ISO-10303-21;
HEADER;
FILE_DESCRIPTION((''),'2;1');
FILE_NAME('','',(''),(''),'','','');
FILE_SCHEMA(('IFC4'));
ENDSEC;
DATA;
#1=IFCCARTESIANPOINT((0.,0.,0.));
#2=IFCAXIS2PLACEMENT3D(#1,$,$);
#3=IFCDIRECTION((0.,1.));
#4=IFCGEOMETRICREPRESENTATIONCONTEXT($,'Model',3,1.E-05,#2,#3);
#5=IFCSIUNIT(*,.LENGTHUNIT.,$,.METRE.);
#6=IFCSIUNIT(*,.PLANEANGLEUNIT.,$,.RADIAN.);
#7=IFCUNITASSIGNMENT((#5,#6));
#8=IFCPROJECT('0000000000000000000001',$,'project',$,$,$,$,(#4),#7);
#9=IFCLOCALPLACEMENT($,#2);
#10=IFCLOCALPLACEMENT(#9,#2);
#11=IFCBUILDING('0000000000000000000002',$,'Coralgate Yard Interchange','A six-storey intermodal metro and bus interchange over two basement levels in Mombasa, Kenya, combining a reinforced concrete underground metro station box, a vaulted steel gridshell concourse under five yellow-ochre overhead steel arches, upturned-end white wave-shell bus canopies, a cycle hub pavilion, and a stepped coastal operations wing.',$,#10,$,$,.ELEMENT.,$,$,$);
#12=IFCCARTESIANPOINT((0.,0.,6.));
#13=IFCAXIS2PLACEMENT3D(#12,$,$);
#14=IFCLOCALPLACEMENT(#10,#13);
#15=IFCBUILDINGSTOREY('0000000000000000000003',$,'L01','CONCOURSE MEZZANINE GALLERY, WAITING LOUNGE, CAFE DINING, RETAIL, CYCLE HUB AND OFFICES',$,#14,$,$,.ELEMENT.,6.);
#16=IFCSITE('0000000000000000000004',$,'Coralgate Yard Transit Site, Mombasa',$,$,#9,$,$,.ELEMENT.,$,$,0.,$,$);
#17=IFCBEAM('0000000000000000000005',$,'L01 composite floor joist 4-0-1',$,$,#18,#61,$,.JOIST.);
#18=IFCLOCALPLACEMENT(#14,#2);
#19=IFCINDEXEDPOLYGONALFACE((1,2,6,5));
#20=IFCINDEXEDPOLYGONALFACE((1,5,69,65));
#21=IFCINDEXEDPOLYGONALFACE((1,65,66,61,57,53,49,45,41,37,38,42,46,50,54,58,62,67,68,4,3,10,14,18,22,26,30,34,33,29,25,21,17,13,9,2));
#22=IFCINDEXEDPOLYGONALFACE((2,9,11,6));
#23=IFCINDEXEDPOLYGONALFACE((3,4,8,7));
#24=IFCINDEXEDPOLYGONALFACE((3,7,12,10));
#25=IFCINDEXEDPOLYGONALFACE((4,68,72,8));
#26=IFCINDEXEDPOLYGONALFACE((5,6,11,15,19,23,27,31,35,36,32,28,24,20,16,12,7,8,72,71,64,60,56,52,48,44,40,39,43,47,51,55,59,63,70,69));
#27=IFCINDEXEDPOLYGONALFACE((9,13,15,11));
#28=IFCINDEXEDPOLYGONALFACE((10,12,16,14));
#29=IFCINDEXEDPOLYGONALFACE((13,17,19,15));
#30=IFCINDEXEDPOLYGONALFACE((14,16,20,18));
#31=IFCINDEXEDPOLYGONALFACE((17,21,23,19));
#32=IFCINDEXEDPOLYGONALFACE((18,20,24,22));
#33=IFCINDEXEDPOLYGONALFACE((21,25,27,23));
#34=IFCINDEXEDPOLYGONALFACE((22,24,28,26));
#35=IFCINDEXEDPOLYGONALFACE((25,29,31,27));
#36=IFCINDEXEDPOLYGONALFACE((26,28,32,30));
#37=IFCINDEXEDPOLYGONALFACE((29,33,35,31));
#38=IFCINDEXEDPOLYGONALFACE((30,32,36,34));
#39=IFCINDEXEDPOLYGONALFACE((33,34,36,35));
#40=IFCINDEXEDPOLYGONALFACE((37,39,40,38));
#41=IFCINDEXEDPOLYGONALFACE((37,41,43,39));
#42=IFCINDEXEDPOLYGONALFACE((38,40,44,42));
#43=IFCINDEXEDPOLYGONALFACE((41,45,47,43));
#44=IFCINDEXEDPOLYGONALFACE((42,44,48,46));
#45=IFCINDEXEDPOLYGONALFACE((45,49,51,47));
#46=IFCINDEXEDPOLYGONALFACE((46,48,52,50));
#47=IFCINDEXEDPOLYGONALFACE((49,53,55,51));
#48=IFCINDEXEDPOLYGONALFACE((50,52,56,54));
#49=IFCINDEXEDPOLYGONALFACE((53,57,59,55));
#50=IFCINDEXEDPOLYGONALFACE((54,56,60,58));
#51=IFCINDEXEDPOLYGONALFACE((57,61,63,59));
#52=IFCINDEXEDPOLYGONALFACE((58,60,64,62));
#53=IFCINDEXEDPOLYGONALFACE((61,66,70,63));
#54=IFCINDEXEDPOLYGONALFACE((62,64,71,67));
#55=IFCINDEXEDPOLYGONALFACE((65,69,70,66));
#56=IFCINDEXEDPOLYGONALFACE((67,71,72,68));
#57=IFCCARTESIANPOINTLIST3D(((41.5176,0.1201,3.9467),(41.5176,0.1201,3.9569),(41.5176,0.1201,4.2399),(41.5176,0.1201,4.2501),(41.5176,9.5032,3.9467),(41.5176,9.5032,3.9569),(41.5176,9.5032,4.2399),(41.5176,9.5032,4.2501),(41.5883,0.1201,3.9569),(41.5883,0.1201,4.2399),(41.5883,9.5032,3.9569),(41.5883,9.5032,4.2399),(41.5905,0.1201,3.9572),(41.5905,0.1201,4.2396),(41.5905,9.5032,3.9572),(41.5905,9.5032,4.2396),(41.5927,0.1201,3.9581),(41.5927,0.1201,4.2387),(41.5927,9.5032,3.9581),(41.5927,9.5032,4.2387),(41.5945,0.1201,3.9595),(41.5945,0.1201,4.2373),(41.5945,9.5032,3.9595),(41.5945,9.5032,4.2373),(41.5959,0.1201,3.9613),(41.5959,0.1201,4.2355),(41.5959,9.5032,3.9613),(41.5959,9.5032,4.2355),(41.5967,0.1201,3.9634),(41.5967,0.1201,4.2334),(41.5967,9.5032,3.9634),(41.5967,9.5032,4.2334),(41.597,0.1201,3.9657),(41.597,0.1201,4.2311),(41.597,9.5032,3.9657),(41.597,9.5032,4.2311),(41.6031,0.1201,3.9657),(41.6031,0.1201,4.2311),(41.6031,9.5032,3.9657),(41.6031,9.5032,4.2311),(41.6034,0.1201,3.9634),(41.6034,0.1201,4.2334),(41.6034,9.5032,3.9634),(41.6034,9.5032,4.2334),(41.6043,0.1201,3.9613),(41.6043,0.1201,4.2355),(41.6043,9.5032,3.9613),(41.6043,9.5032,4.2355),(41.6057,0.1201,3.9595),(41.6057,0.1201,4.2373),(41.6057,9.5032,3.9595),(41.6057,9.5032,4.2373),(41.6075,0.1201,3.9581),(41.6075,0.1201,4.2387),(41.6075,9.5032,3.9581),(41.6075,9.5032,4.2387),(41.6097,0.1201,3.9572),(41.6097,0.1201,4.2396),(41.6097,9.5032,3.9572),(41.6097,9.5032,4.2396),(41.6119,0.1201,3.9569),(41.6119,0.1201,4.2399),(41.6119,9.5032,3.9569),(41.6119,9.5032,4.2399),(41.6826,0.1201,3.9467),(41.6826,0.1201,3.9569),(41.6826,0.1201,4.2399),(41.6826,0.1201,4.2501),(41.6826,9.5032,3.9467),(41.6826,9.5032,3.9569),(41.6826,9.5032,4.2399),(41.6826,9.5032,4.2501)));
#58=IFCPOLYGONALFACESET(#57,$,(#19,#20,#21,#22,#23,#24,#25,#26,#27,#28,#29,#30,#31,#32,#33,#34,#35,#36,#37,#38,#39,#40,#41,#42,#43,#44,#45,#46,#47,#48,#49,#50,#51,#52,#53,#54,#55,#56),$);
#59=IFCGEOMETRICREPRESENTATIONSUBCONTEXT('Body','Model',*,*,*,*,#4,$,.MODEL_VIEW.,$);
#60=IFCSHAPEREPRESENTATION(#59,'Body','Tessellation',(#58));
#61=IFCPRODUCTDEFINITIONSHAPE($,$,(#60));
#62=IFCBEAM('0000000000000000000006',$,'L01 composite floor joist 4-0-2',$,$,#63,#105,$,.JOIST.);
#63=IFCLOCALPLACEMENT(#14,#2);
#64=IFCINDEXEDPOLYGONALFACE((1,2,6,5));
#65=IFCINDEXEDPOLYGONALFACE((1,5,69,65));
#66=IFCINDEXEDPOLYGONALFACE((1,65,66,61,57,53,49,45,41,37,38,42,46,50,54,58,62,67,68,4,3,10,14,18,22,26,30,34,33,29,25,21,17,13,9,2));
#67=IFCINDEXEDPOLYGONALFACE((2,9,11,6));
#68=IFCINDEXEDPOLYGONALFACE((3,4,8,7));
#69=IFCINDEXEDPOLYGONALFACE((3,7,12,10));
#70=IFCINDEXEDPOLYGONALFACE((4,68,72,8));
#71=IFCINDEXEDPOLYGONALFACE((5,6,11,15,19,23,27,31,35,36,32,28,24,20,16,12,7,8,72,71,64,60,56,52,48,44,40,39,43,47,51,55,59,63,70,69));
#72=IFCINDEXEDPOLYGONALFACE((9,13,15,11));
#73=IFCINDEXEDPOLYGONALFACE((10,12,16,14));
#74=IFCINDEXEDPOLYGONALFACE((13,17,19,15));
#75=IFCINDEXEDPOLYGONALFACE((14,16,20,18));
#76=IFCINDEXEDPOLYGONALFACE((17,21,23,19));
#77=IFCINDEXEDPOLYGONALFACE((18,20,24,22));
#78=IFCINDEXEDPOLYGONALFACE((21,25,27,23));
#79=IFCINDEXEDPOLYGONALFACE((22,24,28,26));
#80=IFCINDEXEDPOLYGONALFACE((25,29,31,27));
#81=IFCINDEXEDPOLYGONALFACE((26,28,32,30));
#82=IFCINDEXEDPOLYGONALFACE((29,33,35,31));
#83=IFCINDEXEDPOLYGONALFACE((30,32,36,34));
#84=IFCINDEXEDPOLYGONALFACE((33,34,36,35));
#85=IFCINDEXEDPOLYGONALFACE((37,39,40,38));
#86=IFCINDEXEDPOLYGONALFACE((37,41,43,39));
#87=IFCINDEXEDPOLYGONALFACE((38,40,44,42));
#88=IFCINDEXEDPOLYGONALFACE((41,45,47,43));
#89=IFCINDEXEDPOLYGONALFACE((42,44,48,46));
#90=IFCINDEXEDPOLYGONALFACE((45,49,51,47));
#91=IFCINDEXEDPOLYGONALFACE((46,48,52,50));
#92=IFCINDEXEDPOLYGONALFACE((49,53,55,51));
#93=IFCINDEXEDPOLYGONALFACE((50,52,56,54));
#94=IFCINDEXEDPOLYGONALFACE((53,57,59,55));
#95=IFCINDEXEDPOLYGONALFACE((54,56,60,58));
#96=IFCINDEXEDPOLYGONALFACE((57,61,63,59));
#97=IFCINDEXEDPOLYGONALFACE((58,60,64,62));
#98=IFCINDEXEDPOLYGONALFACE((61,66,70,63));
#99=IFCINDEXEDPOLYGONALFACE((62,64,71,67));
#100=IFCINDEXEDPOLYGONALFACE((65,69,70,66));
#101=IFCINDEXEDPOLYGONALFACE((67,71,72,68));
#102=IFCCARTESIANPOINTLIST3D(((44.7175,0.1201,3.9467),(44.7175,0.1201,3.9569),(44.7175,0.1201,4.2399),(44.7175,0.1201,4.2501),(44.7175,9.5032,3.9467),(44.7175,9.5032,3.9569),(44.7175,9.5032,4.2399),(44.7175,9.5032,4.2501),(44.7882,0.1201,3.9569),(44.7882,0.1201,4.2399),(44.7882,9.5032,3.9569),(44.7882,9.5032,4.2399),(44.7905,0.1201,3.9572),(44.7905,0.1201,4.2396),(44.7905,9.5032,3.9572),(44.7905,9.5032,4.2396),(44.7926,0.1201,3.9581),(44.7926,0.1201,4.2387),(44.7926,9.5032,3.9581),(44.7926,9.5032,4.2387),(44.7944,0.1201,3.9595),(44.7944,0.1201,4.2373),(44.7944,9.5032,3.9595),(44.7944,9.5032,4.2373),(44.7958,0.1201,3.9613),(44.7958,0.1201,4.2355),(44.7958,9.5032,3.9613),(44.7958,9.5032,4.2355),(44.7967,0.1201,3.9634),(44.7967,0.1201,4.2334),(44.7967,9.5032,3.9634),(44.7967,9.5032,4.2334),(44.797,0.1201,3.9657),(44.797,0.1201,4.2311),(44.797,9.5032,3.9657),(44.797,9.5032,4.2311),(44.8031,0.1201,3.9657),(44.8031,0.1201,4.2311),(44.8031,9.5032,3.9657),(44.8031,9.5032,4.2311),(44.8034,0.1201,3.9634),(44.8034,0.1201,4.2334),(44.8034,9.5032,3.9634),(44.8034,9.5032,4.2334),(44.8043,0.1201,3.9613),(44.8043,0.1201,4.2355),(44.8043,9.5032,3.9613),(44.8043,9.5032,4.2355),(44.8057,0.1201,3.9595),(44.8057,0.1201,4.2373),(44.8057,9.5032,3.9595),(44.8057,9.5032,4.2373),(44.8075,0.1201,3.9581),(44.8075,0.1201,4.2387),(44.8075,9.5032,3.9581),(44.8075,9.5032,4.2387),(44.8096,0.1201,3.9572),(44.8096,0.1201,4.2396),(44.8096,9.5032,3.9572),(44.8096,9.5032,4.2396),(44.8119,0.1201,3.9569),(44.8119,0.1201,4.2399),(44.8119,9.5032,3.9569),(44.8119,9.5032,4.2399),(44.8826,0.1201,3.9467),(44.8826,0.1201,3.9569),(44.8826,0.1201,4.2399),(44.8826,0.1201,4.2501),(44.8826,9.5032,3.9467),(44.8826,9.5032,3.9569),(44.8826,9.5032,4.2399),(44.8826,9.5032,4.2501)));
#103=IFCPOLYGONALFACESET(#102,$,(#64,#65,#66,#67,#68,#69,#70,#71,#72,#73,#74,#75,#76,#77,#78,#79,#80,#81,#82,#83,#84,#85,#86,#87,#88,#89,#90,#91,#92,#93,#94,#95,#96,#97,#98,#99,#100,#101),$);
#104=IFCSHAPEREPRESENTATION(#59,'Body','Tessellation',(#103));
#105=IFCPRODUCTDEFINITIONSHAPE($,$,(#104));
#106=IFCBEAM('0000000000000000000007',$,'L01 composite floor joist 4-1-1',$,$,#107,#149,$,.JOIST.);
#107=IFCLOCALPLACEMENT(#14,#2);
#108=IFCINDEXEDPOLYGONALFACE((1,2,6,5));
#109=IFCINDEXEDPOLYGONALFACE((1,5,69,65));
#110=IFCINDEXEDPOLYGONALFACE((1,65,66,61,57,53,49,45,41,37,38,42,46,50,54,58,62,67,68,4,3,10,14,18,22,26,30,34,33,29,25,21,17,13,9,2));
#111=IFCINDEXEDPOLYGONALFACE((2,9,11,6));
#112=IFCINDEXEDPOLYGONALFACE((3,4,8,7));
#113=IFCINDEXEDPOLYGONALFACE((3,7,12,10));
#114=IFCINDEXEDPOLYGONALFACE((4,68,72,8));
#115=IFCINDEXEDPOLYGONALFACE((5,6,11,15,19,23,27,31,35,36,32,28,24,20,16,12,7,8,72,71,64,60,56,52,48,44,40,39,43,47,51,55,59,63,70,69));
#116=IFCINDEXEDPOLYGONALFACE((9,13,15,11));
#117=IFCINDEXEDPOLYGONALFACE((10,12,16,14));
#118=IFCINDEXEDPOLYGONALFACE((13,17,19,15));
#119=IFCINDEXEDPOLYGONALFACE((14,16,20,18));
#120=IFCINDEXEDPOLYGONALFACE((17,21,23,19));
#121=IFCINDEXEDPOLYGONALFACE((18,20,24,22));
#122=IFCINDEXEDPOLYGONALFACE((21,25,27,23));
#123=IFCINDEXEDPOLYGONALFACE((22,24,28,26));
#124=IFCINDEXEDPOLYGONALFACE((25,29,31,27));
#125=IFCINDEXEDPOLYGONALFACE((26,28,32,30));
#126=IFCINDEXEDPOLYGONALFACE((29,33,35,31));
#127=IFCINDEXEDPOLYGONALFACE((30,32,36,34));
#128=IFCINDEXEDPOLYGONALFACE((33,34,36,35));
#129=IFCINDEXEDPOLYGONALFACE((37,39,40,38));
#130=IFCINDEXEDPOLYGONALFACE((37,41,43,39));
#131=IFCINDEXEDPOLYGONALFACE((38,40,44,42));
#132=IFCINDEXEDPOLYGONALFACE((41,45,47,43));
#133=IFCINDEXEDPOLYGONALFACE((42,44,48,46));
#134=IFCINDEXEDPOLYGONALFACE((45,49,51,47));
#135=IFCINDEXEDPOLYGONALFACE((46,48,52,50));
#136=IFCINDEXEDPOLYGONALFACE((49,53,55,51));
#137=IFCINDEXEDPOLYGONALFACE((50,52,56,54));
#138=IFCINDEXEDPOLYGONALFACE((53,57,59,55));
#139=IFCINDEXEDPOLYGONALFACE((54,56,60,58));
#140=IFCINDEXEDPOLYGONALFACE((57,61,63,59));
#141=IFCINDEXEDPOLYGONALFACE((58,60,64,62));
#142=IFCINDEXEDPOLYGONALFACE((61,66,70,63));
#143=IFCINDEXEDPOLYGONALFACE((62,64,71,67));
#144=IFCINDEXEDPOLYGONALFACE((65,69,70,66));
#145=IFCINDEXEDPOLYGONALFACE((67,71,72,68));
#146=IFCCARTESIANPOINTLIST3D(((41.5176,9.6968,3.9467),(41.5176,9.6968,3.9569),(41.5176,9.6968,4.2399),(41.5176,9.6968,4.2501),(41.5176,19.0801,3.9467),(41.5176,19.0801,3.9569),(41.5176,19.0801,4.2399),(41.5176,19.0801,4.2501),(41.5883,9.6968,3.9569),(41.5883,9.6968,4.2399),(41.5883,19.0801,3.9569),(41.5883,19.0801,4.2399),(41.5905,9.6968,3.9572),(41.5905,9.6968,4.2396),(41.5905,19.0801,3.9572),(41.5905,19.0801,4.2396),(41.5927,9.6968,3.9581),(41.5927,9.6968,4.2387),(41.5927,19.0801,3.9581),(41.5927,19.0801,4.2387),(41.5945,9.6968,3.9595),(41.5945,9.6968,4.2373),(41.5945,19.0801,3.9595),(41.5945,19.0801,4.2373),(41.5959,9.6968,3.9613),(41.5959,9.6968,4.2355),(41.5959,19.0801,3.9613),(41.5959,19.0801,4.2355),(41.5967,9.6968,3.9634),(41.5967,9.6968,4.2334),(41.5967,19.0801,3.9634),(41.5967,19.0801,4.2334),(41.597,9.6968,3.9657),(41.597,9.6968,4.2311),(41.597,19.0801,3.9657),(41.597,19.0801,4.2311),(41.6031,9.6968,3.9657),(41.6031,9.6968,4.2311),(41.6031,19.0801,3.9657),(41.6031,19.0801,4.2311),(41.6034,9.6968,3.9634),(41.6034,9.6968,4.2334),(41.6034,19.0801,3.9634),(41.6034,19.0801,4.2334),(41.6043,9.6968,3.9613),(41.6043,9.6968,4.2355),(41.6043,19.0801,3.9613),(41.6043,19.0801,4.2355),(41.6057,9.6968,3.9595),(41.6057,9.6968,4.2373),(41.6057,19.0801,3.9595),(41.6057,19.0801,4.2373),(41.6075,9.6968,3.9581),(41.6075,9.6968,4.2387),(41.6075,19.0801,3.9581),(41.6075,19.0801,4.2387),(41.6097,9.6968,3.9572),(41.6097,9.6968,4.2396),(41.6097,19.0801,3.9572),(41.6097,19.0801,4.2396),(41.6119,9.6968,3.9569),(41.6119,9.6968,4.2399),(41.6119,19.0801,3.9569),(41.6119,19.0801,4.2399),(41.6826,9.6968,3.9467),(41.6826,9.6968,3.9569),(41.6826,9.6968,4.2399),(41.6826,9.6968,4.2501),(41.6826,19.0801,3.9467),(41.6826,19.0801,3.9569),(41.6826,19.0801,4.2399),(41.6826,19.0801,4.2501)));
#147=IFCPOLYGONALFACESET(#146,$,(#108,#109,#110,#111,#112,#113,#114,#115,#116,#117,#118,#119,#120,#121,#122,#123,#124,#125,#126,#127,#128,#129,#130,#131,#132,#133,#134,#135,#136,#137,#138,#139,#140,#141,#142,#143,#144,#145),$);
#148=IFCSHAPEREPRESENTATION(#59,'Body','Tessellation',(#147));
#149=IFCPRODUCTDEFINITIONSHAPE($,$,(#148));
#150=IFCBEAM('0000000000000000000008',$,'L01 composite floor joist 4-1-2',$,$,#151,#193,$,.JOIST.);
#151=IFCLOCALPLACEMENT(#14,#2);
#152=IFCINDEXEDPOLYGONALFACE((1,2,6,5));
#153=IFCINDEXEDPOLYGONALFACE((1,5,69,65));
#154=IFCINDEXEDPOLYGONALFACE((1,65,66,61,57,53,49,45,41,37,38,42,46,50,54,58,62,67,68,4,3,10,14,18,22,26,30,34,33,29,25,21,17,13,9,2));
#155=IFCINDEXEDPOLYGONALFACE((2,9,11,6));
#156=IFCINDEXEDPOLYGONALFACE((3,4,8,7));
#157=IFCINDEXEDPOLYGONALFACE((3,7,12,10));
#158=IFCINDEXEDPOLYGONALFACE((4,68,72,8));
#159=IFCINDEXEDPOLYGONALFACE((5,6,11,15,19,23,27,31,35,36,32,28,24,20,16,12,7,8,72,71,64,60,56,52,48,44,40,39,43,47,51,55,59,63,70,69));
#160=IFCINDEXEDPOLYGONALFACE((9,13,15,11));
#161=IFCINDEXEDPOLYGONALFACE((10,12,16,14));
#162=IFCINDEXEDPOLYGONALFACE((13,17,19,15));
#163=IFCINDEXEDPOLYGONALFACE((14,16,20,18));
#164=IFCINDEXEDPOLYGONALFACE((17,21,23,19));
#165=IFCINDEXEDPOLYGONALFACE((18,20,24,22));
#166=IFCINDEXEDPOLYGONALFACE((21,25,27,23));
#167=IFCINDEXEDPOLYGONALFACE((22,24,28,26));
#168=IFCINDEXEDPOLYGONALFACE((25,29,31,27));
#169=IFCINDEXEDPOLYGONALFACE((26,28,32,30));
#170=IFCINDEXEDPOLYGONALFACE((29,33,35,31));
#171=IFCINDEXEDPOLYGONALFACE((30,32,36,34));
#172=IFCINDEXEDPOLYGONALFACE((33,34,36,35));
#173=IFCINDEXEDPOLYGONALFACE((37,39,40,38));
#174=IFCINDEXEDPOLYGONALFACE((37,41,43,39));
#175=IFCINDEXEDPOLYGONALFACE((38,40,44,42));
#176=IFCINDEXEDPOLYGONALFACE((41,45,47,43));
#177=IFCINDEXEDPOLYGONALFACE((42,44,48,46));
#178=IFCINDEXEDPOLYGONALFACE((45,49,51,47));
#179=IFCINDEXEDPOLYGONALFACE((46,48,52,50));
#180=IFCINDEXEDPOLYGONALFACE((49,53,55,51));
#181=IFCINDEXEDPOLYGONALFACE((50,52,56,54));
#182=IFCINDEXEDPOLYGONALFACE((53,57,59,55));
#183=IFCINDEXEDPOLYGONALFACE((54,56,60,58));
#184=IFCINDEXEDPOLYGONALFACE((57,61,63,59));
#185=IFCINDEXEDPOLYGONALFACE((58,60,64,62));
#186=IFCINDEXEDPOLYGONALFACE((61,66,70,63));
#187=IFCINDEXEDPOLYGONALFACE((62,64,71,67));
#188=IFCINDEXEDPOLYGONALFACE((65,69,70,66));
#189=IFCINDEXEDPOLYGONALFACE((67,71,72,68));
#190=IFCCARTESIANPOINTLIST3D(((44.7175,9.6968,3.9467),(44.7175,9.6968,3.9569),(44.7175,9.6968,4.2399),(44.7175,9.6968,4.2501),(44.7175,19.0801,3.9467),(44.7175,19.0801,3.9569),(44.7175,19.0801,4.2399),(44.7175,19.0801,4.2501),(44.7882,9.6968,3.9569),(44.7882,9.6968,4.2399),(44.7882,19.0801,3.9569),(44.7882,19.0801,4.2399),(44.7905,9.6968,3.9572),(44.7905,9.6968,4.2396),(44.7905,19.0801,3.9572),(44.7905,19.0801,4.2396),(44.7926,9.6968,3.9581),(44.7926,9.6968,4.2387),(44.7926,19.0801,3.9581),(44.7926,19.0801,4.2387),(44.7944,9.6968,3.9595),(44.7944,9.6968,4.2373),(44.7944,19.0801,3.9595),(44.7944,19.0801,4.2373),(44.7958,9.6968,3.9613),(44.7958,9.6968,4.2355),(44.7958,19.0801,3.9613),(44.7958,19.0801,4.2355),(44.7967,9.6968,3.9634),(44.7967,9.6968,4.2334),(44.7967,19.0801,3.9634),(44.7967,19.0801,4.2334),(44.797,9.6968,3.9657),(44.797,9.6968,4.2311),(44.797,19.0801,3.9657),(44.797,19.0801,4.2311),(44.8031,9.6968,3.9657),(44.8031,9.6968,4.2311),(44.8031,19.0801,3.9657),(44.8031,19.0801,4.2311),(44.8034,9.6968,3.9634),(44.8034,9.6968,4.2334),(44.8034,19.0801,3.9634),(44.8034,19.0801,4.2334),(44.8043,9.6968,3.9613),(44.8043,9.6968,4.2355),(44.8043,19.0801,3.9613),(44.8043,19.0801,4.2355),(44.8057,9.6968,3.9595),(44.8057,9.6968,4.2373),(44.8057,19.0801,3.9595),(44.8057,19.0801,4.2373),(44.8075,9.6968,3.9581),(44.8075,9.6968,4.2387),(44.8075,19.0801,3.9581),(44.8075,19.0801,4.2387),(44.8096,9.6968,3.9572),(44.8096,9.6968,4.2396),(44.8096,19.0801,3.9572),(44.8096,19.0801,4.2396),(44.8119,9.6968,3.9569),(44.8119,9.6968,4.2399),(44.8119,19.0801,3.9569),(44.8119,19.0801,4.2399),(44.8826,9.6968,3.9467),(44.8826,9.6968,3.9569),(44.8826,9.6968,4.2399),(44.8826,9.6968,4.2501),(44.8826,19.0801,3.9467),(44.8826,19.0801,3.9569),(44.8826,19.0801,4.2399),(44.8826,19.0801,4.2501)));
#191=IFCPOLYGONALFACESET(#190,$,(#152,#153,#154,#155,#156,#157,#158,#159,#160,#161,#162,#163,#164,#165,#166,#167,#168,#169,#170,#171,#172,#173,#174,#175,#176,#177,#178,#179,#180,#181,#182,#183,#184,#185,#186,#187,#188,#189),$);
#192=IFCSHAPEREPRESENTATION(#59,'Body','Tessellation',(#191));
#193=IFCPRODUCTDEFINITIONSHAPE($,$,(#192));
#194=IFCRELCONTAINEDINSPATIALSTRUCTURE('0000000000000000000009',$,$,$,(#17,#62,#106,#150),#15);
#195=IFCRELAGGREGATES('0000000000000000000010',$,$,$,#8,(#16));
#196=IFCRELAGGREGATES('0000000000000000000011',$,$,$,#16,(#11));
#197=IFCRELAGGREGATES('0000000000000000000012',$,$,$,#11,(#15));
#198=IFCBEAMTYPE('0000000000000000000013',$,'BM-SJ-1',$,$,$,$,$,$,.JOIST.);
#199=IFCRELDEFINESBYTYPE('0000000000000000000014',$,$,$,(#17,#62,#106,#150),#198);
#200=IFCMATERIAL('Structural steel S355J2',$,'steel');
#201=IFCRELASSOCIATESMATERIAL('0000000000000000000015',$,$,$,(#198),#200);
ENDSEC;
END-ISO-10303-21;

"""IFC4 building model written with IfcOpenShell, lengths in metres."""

from ifc_helpers import new_model, si_unit, direction, frame, origin, origin_2d, place, context, subcontext, project, spatial, i_section, extrude, material, material_profile, profile_set, type_object, element, save


model = new_model("IFC4")

# Units and contexts
model_context = context("Model", 3, precision=1e-05, world=origin(), true_north=direction((0.0, 1.0)))
body_context = subcontext(model_context, "Body", "Model", "MODEL_VIEW")
ifc_project = project(units=[si_unit("LENGTHUNIT", "METRE"), si_unit("PLANEANGLEUNIT", "RADIAN")], contexts=[model_context])

# Site, building, storey
site_placement = place(None, origin())
site = spatial("IfcSite", under=ifc_project, at=site_placement, Name="Coralgate Yard Transit Site, Mombasa", CompositionType="ELEMENT", RefElevation=0.0)
building_placement = place(site_placement, origin())
building = spatial("IfcBuilding", under=site, at=building_placement, Name="Coralgate Yard Interchange", Description="A six-storey intermodal metro and bus interchange over two basement levels in Mombasa, Kenya, combining a reinforced concrete underground metro station box, a vaulted steel gridshell concourse under five yellow-ochre overhead steel arches, upturned-end white wave-shell bus canopies, a cycle hub pavilion, and a stepped coastal operations wing.", CompositionType="ELEMENT")
storey_placement = place(building_placement, frame((0.0, 0.0, 6.0)))
storey = spatial("IfcBuildingStorey", under=building, at=storey_placement, Name="L01", Description="CONCOURSE MEZZANINE GALLERY, WAITING LOUNGE, CAFE DINING, RETAIL, CYCLE HUB AND OFFICES", CompositionType="ELEMENT", Elevation=6.0)

# Shared definitions
ifc_material_1 = material(Name="Structural steel S355J2", Category="steel")

# Beams
ifc_material_profile_1 = material_profile(ifc_material_1, i_section(OverallWidth=0.165, OverallDepth=0.3035, WebThickness=0.0061, FlangeThickness=0.0103, FilletRadius=0.0088, at=origin_2d()), Name="UB 305x165x40")
ifc_profile_set_1 = profile_set([ifc_material_profile_1], Name="Structural steel S355J2")
beam_type_1 = type_object("IfcBeamType", Name="BM-SJ-1", PredefinedType="JOIST", material=ifc_profile_set_1)
for number, where, z_axis, x_axis, name in (
    (1, (41.6001, 0.1201, 4.0984), (0.0, 1.0, 0.0), (-1.0, 0.0, 0.0), "L01 composite floor joist 4-0-1"),
    (2, (44.8, 0.1201, 4.0984), (0.0, 1.0, 0.0), (-1.0, 0.0, 0.0), "L01 composite floor joist 4-0-2"),
):
    element("IfcBeam", number, at=place(storey_placement, frame(where, z_axis=z_axis, x_axis=x_axis)), inside=storey, type_object=beam_type_1, Name=name, PredefinedType="JOIST", context=body_context, shape_type="SweptSolid", body=[
        extrude(i_section(OverallWidth=0.165, OverallDepth=0.3035, WebThickness=0.0061, FlangeThickness=0.0103, FilletRadius=0.0088, at=origin_2d()), origin(), (0.0, 0.0, 1.0), 9.3831),
    ])
for number, where, z_axis, x_axis, name in (
    (3, (41.6001, 9.6968, 4.0984), (0.0, 1.0, 0.0), (-1.0, 0.0, 0.0), "L01 composite floor joist 4-1-1"),
    (4, (44.8, 9.6968, 4.0984), (0.0, 1.0, 0.0), (-1.0, 0.0, 0.0), "L01 composite floor joist 4-1-2"),
):
    element("IfcBeam", number, at=place(storey_placement, frame(where, z_axis=z_axis, x_axis=x_axis)), inside=storey, type_object=beam_type_1, Name=name, PredefinedType="JOIST", context=body_context, shape_type="SweptSolid", body=[
        extrude(i_section(OverallWidth=0.165, OverallDepth=0.3035, WebThickness=0.0061, FlangeThickness=0.0103, FilletRadius=0.0088, at=origin_2d()), origin(), (0.0, 0.0, 1.0), 9.3833),
    ])

save(model, "model.ifc")
